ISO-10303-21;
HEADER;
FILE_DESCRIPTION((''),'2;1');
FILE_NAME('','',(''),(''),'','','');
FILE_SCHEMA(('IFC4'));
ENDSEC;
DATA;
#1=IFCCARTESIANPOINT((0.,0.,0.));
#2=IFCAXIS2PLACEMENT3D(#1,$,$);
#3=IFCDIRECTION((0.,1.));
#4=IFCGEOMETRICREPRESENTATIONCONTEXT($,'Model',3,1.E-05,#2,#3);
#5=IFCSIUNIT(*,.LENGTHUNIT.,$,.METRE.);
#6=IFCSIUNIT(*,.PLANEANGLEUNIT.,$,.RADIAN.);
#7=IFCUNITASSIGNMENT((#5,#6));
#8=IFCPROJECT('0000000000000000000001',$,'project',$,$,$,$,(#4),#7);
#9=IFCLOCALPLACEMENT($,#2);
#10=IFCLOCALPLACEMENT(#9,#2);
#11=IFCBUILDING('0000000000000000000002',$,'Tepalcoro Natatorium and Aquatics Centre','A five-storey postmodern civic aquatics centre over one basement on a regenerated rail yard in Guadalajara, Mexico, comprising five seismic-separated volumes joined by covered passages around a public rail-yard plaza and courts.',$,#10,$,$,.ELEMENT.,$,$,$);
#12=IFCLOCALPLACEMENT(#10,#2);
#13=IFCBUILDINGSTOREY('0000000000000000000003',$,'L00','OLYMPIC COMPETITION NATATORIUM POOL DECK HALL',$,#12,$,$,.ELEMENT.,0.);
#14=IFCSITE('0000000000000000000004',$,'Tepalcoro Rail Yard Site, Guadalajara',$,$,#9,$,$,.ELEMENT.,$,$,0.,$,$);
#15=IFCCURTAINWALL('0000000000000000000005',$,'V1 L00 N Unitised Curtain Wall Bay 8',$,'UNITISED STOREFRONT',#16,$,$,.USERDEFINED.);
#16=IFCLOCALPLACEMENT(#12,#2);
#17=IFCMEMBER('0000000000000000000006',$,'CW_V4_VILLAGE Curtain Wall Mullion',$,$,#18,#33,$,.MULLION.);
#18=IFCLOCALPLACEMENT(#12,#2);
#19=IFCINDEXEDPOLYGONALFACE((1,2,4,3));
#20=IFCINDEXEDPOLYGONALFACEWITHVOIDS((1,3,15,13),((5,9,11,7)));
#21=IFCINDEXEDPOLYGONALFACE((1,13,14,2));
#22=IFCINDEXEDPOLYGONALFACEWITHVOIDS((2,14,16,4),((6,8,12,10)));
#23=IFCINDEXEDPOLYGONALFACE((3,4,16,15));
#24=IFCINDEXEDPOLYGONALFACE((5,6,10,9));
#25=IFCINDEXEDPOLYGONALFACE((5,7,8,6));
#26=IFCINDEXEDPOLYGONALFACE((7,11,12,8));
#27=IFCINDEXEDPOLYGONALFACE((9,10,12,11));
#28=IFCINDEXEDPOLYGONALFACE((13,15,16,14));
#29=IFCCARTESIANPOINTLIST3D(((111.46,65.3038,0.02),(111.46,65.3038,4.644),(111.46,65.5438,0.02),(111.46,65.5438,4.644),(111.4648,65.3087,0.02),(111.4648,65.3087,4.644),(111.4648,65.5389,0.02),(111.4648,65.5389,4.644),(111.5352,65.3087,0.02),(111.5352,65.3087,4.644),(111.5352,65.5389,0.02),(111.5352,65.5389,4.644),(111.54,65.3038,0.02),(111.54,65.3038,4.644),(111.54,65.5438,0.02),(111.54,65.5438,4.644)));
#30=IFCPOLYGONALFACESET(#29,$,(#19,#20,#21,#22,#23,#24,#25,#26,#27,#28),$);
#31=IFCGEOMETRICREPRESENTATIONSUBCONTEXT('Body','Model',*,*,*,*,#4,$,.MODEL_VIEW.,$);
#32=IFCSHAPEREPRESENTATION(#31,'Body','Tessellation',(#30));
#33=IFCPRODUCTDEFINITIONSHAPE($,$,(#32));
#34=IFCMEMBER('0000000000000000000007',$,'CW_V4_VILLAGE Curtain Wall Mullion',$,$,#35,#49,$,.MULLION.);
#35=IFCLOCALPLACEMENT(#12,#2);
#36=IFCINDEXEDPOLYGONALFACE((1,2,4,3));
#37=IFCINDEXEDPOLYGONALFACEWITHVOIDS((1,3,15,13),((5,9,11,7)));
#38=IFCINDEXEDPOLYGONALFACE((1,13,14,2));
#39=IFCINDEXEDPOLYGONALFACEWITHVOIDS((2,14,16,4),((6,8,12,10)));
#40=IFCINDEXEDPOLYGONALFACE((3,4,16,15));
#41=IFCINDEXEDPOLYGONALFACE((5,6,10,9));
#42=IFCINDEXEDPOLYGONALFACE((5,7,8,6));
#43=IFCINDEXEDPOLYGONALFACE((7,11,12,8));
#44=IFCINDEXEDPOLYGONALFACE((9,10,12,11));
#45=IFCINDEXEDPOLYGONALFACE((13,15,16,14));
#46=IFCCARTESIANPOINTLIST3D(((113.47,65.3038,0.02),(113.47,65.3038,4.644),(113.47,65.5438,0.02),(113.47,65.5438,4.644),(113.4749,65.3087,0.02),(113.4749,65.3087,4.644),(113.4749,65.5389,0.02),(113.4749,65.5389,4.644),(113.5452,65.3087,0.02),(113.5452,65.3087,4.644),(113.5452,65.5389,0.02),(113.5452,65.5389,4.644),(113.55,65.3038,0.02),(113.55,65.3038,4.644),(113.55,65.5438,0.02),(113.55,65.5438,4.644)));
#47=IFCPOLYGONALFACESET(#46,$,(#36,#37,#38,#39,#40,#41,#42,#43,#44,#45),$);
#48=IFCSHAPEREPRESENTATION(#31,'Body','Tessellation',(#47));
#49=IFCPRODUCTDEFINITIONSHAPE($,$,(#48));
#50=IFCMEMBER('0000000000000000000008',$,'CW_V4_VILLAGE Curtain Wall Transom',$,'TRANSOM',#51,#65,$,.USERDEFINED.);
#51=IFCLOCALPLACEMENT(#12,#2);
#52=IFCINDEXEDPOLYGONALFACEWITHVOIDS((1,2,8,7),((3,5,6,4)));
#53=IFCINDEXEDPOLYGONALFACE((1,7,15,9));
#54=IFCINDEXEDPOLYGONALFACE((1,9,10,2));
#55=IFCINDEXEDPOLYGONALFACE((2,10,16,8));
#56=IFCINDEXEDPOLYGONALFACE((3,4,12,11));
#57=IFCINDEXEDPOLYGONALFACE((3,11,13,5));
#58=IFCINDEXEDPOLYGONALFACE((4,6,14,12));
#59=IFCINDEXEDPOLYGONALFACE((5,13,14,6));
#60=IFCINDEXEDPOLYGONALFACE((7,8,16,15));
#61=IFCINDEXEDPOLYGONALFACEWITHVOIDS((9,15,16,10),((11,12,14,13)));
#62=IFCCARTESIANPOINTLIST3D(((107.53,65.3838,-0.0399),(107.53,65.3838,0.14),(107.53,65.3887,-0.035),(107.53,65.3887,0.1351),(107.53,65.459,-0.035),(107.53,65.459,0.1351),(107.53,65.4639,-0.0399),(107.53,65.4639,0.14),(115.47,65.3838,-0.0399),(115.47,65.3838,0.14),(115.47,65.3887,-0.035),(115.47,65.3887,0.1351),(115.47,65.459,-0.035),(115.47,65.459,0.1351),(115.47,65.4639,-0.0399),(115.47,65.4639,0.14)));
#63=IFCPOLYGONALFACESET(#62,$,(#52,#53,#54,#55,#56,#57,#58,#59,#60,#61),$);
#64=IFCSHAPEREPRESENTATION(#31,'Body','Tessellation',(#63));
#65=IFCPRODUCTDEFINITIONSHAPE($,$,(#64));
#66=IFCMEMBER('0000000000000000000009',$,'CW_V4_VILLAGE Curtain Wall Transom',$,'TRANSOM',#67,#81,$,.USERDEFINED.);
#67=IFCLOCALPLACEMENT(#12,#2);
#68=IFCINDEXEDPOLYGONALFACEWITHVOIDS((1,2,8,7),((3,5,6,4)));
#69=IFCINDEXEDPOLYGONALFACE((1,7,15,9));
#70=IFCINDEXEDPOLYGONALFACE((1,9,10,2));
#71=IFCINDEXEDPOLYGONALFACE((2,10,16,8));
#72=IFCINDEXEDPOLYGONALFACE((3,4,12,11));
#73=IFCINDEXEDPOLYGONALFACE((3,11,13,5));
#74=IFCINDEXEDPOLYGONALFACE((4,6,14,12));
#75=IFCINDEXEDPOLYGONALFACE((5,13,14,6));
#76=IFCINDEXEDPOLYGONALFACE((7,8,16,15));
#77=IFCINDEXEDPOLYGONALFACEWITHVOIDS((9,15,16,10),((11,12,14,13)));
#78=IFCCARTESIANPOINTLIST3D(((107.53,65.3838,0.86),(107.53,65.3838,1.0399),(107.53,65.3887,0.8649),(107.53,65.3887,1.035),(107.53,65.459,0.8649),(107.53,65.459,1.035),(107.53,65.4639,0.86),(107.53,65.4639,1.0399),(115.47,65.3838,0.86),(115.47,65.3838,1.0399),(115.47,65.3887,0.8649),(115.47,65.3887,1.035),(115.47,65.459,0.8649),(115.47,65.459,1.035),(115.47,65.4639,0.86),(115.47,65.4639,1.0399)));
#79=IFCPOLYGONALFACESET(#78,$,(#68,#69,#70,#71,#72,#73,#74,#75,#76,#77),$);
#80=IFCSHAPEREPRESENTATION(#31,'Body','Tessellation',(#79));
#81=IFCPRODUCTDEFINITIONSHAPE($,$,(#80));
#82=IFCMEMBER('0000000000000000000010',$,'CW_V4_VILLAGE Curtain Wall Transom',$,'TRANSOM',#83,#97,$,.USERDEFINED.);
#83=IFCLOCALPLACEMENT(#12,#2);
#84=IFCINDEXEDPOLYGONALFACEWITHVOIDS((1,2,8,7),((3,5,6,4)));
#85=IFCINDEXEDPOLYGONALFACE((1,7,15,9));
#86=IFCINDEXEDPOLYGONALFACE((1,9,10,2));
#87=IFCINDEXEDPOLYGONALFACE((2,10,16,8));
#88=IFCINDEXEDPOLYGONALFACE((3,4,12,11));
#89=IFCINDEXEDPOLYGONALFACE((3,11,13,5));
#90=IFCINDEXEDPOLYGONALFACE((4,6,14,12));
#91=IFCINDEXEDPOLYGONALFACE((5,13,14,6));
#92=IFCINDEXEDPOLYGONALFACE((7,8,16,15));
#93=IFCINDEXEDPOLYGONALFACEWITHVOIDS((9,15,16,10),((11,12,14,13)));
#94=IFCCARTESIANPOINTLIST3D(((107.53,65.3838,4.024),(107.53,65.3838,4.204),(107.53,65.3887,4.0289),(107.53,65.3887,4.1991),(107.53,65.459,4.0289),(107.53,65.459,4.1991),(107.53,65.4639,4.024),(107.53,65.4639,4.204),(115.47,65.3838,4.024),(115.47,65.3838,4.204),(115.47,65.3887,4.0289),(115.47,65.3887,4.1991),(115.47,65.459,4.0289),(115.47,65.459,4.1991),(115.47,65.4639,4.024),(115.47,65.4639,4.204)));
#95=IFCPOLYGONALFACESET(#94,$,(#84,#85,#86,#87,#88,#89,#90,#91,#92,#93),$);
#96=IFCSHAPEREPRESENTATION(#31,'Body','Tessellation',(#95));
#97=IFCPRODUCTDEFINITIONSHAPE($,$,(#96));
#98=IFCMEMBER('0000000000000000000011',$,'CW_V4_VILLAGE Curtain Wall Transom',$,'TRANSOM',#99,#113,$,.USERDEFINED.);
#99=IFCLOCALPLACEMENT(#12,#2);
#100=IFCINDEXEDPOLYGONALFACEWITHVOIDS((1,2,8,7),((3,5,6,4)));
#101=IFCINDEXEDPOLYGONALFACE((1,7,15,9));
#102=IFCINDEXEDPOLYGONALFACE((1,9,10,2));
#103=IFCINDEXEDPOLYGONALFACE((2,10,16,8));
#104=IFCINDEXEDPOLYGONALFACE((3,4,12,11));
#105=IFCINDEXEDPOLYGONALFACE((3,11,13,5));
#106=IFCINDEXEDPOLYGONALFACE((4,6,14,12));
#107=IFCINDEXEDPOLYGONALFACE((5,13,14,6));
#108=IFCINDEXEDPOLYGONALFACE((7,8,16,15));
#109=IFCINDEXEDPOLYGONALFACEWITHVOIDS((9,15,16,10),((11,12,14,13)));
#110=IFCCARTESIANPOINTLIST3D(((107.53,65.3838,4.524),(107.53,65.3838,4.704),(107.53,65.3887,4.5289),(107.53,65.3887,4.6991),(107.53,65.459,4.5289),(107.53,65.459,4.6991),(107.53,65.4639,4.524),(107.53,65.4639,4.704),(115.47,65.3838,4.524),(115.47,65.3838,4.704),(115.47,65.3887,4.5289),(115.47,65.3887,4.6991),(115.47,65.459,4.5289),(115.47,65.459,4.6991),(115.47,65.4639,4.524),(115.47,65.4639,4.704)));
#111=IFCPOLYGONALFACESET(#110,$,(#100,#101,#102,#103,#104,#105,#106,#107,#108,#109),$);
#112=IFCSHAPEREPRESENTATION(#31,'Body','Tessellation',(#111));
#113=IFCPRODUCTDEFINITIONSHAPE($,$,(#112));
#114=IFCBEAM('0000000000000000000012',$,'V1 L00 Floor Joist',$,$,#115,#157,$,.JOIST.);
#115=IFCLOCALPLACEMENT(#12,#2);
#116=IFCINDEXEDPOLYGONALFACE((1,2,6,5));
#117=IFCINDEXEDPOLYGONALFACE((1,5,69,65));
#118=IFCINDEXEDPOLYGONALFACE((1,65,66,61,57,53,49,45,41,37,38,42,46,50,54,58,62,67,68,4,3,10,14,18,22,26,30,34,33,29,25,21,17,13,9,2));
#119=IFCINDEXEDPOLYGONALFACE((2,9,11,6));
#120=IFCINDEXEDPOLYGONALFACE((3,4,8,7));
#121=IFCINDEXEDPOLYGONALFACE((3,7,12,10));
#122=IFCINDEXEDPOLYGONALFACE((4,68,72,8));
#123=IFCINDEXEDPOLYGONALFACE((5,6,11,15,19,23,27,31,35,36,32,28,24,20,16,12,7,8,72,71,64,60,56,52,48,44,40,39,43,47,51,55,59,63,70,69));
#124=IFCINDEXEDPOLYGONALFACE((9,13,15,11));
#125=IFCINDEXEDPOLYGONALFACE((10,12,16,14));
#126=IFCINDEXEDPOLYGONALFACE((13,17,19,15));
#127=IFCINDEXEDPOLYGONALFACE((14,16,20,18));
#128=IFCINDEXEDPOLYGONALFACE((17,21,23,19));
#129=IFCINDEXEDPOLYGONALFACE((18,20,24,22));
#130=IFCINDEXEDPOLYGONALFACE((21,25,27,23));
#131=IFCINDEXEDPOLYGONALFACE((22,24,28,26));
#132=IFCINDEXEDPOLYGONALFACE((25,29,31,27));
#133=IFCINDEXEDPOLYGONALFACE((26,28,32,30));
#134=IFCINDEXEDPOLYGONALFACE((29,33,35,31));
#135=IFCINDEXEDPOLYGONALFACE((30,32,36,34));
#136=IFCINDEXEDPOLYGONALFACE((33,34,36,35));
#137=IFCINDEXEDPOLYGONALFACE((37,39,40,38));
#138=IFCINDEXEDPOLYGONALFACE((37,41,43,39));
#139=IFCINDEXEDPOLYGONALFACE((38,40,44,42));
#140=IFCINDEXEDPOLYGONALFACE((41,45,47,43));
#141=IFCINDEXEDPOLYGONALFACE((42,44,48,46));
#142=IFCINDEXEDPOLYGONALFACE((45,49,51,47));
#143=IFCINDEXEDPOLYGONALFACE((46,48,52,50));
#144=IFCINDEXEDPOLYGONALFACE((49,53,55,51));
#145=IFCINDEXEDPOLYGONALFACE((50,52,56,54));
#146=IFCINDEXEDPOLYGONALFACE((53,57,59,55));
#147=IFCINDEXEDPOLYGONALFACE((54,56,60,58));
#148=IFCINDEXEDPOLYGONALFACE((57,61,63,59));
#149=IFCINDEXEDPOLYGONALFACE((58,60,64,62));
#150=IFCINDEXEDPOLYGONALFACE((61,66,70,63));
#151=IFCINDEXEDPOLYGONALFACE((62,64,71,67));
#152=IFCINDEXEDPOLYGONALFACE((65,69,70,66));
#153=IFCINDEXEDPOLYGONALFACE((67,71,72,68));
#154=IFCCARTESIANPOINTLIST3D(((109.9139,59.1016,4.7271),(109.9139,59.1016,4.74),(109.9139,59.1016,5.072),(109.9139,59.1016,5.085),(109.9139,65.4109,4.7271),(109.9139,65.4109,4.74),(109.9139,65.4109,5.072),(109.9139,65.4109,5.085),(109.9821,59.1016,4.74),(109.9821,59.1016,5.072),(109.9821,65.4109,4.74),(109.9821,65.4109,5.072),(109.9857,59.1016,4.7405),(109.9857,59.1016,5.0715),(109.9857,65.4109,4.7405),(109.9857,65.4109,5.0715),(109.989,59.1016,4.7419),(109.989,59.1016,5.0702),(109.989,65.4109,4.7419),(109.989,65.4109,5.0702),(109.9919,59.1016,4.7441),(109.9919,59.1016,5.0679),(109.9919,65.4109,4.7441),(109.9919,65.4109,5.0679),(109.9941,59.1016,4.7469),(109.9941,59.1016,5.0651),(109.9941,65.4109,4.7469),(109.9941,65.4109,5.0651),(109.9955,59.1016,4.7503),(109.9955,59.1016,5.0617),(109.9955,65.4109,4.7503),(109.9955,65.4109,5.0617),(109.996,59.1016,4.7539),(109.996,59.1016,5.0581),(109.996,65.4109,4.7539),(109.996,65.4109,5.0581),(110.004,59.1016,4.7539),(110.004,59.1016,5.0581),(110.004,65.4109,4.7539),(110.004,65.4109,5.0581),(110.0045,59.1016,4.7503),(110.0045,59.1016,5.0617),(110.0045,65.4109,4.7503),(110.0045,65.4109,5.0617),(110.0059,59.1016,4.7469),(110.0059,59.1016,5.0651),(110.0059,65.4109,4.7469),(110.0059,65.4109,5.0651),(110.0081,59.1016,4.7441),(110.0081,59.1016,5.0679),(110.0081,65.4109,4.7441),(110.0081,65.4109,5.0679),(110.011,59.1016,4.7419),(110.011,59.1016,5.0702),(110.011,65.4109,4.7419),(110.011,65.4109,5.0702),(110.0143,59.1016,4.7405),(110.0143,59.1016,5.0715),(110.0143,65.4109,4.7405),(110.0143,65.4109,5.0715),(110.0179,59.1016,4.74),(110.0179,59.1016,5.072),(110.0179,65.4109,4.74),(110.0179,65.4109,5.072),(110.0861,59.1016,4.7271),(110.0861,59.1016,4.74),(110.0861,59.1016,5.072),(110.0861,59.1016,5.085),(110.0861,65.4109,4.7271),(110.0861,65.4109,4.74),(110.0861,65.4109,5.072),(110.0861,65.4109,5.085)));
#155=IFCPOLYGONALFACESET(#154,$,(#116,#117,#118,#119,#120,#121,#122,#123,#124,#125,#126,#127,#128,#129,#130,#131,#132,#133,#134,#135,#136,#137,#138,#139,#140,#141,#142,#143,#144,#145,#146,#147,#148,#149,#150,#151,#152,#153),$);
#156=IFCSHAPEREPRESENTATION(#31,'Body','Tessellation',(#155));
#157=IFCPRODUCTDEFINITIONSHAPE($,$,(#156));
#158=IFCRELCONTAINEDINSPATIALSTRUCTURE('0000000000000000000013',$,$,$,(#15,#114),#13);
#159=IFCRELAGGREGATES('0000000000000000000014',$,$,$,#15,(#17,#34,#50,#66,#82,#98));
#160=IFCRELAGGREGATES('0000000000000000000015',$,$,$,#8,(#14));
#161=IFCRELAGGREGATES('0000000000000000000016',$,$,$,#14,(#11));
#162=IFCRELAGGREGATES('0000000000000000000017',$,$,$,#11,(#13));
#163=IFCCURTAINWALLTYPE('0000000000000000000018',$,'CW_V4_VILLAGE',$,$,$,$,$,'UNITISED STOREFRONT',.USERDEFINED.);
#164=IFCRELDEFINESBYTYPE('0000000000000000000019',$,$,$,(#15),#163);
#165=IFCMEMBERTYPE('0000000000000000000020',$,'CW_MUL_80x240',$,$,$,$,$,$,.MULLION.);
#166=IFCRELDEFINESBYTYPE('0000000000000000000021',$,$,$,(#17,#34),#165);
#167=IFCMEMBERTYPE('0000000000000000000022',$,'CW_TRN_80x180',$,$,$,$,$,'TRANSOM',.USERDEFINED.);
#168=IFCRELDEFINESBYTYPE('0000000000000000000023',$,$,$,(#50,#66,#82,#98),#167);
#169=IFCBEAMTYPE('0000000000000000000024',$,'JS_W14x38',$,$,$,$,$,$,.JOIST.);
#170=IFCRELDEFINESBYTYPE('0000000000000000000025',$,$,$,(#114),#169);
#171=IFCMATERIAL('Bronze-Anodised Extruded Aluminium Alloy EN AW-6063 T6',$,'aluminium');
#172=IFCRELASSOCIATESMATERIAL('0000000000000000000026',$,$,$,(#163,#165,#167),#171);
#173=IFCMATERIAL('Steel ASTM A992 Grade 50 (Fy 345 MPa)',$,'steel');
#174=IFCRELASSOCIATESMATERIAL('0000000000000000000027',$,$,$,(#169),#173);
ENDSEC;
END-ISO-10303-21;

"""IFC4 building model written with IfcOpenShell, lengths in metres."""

from ifc_helpers import new_model, si_unit, direction, frame, origin, origin_2d, place, context, subcontext, project, spatial, hollow_rectangle, i_section, extrude, material, material_profile, profile_set, type_object, element, aggregate, save


model = new_model("IFC4")

# Units and contexts
model_context = context("Model", 3, precision=1e-05, world=origin(), true_north=direction((0.0, 1.0)))
body_context = subcontext(model_context, "Body", "Model", "MODEL_VIEW")
ifc_project = project(units=[si_unit("LENGTHUNIT", "METRE"), si_unit("PLANEANGLEUNIT", "RADIAN")], contexts=[model_context])

# Site, building, storey
site_placement = place(None, origin())
site = spatial("IfcSite", under=ifc_project, at=site_placement, Name="Tepalcoro Rail Yard Site, Guadalajara", CompositionType="ELEMENT", RefElevation=0.0)
building_placement = place(site_placement, origin())
building = spatial("IfcBuilding", under=site, at=building_placement, Name="Tepalcoro Natatorium and Aquatics Centre", Description="A five-storey postmodern civic aquatics centre over one basement on a regenerated rail yard in Guadalajara, Mexico, comprising five seismic-separated volumes joined by covered passages around a public rail-yard plaza and courts.", CompositionType="ELEMENT")
storey_placement = place(building_placement, origin())
storey = spatial("IfcBuildingStorey", under=building, at=storey_placement, Name="L00", Description="OLYMPIC COMPETITION NATATORIUM POOL DECK HALL", CompositionType="ELEMENT", Elevation=0.0)

# Shared definitions
ifc_material_1 = material(Name="Steel ASTM A992 Grade 50 (Fy 345 MPa)", Category="steel")

# Curtain wall, members
ifc_material_2 = material(Name="Bronze-Anodised Extruded Aluminium Alloy EN AW-6063 T6", Category="aluminium")
curtain_wall_type = type_object("IfcCurtainWallType", Name="CW_V4_VILLAGE", ElementType="UNITISED STOREFRONT", PredefinedType="USERDEFINED", material=ifc_material_2)
curtain_wall_placement = place(storey_placement, origin())
curtain_wall = element("IfcCurtainWall", 1, at=curtain_wall_placement, inside=storey, type_object=curtain_wall_type, Name="V1 L00 N Unitised Curtain Wall Bay 8", ObjectType="UNITISED STOREFRONT", PredefinedType="USERDEFINED")
ifc_material_profile_1 = material_profile(ifc_material_2, hollow_rectangle(XDim=0.0801, YDim=0.24, WallThickness=0.0049, at=origin_2d()), Name="AL80X240X5")
ifc_profile_set_1 = profile_set([ifc_material_profile_1], Name="Bronze-Anodised Extruded Aluminium Alloy EN AW-6063 T6")
member_type_1 = type_object("IfcMemberType", Name="CW_MUL_80x240", PredefinedType="MULLION", material=ifc_profile_set_1)
member_1_placement = place(storey_placement, frame((111.5, 65.4238, 0.02), z_axis=(0.0, 0.0, 1.0), x_axis=(1.0, 0.0, 0.0)))
member_1 = element("IfcMember", 2, at=member_1_placement, type_object=member_type_1, Name="CW_V4_VILLAGE Curtain Wall Mullion", PredefinedType="MULLION", context=body_context, shape_type="SweptSolid", body=[
    extrude(hollow_rectangle(XDim=0.0801, YDim=0.24, WallThickness=0.0049, at=origin_2d()), origin(), (0.0, 0.0, 1.0), 4.624),
])
member_2_placement = place(storey_placement, frame((113.51, 65.4238, 0.02), z_axis=(0.0, 0.0, 1.0), x_axis=(1.0, 0.0, 0.0)))
member_2 = element("IfcMember", 3, at=member_2_placement, type_object=member_type_1, Name="CW_V4_VILLAGE Curtain Wall Mullion", PredefinedType="MULLION", context=body_context, shape_type="SweptSolid", body=[
    extrude(hollow_rectangle(XDim=0.0801, YDim=0.24, WallThickness=0.0049, at=origin_2d()), origin(), (0.0, 0.0, 1.0), 4.624),
])
ifc_material_profile_2 = material_profile(ifc_material_2, hollow_rectangle(XDim=0.0801, YDim=0.1799, WallThickness=0.0049, at=origin_2d()), Name="AL80X180X5")
ifc_profile_set_2 = profile_set([ifc_material_profile_2], Name="Bronze-Anodised Extruded Aluminium Alloy EN AW-6063 T6")
member_type_2 = type_object("IfcMemberType", Name="CW_TRN_80x180", ElementType="TRANSOM", PredefinedType="USERDEFINED", material=ifc_profile_set_2)
member_3_placement = place(storey_placement, frame((107.53, 65.4238, 0.05), z_axis=(1.0, 0.0, 0.0), x_axis=(0.0, 1.0, 0.0)))
member_3 = element("IfcMember", 4, at=member_3_placement, type_object=member_type_2, Name="CW_V4_VILLAGE Curtain Wall Transom", ObjectType="TRANSOM", PredefinedType="USERDEFINED", context=body_context, shape_type="SweptSolid", body=[
    extrude(hollow_rectangle(XDim=0.0801, YDim=0.1799, WallThickness=0.0049, at=origin_2d()), origin(), (0.0, 0.0, 1.0), 7.9399),
])
member_4_placement = place(storey_placement, frame((107.53, 65.4238, 0.95), z_axis=(1.0, 0.0, 0.0), x_axis=(0.0, 1.0, 0.0)))
member_4 = element("IfcMember", 5, at=member_4_placement, type_object=member_type_2, Name="CW_V4_VILLAGE Curtain Wall Transom", ObjectType="TRANSOM", PredefinedType="USERDEFINED", context=body_context, shape_type="SweptSolid", body=[
    extrude(hollow_rectangle(XDim=0.0801, YDim=0.1799, WallThickness=0.0049, at=origin_2d()), origin(), (0.0, 0.0, 1.0), 7.9399),
])
member_5_placement = place(storey_placement, frame((107.53, 65.4238, 4.114), z_axis=(1.0, 0.0, 0.0), x_axis=(0.0, 1.0, 0.0)))
member_5 = element("IfcMember", 6, at=member_5_placement, type_object=member_type_2, Name="CW_V4_VILLAGE Curtain Wall Transom", ObjectType="TRANSOM", PredefinedType="USERDEFINED", context=body_context, shape_type="SweptSolid", body=[
    extrude(hollow_rectangle(XDim=0.0801, YDim=0.1799, WallThickness=0.0049, at=origin_2d()), origin(), (0.0, 0.0, 1.0), 7.9399),
])
member_6_placement = place(storey_placement, frame((107.53, 65.4238, 4.614), z_axis=(1.0, 0.0, 0.0), x_axis=(0.0, 1.0, 0.0)))
member_6 = element("IfcMember", 7, at=member_6_placement, type_object=member_type_2, Name="CW_V4_VILLAGE Curtain Wall Transom", ObjectType="TRANSOM", PredefinedType="USERDEFINED", context=body_context, shape_type="SweptSolid", body=[
    extrude(hollow_rectangle(XDim=0.0801, YDim=0.1799, WallThickness=0.0049, at=origin_2d()), origin(), (0.0, 0.0, 1.0), 7.9399),
])

# Beam
ifc_material_profile_3 = material_profile(ifc_material_1, i_section(OverallWidth=0.1721, OverallDepth=0.3579, WebThickness=0.0081, FlangeThickness=0.0129, FilletRadius=0.0139, at=origin_2d()), Name="W14X38")
ifc_profile_set_3 = profile_set([ifc_material_profile_3], Name="Steel ASTM A992 Grade 50 (Fy 345 MPa)")
beam_type_1 = type_object("IfcBeamType", Name="JS_W14x38", PredefinedType="JOIST", material=ifc_profile_set_3)
beam_1_placement = place(storey_placement, frame((110.0, 59.1016, 4.906), z_axis=(0.0, 1.0, 0.0), x_axis=(-1.0, 0.0, 0.0)))
element("IfcBeam", 8, at=beam_1_placement, inside=storey, type_object=beam_type_1, Name="V1 L00 Floor Joist", PredefinedType="JOIST", context=body_context, shape_type="SweptSolid", body=[
    extrude(i_section(OverallWidth=0.1721, OverallDepth=0.3579, WebThickness=0.0081, FlangeThickness=0.0129, FilletRadius=0.0139, at=origin_2d()), origin(), (0.0, 0.0, 1.0), 6.3093),
])

aggregate(curtain_wall, [member_1, member_2, member_3, member_4, member_5, member_6])

save(model, "model.ifc")
